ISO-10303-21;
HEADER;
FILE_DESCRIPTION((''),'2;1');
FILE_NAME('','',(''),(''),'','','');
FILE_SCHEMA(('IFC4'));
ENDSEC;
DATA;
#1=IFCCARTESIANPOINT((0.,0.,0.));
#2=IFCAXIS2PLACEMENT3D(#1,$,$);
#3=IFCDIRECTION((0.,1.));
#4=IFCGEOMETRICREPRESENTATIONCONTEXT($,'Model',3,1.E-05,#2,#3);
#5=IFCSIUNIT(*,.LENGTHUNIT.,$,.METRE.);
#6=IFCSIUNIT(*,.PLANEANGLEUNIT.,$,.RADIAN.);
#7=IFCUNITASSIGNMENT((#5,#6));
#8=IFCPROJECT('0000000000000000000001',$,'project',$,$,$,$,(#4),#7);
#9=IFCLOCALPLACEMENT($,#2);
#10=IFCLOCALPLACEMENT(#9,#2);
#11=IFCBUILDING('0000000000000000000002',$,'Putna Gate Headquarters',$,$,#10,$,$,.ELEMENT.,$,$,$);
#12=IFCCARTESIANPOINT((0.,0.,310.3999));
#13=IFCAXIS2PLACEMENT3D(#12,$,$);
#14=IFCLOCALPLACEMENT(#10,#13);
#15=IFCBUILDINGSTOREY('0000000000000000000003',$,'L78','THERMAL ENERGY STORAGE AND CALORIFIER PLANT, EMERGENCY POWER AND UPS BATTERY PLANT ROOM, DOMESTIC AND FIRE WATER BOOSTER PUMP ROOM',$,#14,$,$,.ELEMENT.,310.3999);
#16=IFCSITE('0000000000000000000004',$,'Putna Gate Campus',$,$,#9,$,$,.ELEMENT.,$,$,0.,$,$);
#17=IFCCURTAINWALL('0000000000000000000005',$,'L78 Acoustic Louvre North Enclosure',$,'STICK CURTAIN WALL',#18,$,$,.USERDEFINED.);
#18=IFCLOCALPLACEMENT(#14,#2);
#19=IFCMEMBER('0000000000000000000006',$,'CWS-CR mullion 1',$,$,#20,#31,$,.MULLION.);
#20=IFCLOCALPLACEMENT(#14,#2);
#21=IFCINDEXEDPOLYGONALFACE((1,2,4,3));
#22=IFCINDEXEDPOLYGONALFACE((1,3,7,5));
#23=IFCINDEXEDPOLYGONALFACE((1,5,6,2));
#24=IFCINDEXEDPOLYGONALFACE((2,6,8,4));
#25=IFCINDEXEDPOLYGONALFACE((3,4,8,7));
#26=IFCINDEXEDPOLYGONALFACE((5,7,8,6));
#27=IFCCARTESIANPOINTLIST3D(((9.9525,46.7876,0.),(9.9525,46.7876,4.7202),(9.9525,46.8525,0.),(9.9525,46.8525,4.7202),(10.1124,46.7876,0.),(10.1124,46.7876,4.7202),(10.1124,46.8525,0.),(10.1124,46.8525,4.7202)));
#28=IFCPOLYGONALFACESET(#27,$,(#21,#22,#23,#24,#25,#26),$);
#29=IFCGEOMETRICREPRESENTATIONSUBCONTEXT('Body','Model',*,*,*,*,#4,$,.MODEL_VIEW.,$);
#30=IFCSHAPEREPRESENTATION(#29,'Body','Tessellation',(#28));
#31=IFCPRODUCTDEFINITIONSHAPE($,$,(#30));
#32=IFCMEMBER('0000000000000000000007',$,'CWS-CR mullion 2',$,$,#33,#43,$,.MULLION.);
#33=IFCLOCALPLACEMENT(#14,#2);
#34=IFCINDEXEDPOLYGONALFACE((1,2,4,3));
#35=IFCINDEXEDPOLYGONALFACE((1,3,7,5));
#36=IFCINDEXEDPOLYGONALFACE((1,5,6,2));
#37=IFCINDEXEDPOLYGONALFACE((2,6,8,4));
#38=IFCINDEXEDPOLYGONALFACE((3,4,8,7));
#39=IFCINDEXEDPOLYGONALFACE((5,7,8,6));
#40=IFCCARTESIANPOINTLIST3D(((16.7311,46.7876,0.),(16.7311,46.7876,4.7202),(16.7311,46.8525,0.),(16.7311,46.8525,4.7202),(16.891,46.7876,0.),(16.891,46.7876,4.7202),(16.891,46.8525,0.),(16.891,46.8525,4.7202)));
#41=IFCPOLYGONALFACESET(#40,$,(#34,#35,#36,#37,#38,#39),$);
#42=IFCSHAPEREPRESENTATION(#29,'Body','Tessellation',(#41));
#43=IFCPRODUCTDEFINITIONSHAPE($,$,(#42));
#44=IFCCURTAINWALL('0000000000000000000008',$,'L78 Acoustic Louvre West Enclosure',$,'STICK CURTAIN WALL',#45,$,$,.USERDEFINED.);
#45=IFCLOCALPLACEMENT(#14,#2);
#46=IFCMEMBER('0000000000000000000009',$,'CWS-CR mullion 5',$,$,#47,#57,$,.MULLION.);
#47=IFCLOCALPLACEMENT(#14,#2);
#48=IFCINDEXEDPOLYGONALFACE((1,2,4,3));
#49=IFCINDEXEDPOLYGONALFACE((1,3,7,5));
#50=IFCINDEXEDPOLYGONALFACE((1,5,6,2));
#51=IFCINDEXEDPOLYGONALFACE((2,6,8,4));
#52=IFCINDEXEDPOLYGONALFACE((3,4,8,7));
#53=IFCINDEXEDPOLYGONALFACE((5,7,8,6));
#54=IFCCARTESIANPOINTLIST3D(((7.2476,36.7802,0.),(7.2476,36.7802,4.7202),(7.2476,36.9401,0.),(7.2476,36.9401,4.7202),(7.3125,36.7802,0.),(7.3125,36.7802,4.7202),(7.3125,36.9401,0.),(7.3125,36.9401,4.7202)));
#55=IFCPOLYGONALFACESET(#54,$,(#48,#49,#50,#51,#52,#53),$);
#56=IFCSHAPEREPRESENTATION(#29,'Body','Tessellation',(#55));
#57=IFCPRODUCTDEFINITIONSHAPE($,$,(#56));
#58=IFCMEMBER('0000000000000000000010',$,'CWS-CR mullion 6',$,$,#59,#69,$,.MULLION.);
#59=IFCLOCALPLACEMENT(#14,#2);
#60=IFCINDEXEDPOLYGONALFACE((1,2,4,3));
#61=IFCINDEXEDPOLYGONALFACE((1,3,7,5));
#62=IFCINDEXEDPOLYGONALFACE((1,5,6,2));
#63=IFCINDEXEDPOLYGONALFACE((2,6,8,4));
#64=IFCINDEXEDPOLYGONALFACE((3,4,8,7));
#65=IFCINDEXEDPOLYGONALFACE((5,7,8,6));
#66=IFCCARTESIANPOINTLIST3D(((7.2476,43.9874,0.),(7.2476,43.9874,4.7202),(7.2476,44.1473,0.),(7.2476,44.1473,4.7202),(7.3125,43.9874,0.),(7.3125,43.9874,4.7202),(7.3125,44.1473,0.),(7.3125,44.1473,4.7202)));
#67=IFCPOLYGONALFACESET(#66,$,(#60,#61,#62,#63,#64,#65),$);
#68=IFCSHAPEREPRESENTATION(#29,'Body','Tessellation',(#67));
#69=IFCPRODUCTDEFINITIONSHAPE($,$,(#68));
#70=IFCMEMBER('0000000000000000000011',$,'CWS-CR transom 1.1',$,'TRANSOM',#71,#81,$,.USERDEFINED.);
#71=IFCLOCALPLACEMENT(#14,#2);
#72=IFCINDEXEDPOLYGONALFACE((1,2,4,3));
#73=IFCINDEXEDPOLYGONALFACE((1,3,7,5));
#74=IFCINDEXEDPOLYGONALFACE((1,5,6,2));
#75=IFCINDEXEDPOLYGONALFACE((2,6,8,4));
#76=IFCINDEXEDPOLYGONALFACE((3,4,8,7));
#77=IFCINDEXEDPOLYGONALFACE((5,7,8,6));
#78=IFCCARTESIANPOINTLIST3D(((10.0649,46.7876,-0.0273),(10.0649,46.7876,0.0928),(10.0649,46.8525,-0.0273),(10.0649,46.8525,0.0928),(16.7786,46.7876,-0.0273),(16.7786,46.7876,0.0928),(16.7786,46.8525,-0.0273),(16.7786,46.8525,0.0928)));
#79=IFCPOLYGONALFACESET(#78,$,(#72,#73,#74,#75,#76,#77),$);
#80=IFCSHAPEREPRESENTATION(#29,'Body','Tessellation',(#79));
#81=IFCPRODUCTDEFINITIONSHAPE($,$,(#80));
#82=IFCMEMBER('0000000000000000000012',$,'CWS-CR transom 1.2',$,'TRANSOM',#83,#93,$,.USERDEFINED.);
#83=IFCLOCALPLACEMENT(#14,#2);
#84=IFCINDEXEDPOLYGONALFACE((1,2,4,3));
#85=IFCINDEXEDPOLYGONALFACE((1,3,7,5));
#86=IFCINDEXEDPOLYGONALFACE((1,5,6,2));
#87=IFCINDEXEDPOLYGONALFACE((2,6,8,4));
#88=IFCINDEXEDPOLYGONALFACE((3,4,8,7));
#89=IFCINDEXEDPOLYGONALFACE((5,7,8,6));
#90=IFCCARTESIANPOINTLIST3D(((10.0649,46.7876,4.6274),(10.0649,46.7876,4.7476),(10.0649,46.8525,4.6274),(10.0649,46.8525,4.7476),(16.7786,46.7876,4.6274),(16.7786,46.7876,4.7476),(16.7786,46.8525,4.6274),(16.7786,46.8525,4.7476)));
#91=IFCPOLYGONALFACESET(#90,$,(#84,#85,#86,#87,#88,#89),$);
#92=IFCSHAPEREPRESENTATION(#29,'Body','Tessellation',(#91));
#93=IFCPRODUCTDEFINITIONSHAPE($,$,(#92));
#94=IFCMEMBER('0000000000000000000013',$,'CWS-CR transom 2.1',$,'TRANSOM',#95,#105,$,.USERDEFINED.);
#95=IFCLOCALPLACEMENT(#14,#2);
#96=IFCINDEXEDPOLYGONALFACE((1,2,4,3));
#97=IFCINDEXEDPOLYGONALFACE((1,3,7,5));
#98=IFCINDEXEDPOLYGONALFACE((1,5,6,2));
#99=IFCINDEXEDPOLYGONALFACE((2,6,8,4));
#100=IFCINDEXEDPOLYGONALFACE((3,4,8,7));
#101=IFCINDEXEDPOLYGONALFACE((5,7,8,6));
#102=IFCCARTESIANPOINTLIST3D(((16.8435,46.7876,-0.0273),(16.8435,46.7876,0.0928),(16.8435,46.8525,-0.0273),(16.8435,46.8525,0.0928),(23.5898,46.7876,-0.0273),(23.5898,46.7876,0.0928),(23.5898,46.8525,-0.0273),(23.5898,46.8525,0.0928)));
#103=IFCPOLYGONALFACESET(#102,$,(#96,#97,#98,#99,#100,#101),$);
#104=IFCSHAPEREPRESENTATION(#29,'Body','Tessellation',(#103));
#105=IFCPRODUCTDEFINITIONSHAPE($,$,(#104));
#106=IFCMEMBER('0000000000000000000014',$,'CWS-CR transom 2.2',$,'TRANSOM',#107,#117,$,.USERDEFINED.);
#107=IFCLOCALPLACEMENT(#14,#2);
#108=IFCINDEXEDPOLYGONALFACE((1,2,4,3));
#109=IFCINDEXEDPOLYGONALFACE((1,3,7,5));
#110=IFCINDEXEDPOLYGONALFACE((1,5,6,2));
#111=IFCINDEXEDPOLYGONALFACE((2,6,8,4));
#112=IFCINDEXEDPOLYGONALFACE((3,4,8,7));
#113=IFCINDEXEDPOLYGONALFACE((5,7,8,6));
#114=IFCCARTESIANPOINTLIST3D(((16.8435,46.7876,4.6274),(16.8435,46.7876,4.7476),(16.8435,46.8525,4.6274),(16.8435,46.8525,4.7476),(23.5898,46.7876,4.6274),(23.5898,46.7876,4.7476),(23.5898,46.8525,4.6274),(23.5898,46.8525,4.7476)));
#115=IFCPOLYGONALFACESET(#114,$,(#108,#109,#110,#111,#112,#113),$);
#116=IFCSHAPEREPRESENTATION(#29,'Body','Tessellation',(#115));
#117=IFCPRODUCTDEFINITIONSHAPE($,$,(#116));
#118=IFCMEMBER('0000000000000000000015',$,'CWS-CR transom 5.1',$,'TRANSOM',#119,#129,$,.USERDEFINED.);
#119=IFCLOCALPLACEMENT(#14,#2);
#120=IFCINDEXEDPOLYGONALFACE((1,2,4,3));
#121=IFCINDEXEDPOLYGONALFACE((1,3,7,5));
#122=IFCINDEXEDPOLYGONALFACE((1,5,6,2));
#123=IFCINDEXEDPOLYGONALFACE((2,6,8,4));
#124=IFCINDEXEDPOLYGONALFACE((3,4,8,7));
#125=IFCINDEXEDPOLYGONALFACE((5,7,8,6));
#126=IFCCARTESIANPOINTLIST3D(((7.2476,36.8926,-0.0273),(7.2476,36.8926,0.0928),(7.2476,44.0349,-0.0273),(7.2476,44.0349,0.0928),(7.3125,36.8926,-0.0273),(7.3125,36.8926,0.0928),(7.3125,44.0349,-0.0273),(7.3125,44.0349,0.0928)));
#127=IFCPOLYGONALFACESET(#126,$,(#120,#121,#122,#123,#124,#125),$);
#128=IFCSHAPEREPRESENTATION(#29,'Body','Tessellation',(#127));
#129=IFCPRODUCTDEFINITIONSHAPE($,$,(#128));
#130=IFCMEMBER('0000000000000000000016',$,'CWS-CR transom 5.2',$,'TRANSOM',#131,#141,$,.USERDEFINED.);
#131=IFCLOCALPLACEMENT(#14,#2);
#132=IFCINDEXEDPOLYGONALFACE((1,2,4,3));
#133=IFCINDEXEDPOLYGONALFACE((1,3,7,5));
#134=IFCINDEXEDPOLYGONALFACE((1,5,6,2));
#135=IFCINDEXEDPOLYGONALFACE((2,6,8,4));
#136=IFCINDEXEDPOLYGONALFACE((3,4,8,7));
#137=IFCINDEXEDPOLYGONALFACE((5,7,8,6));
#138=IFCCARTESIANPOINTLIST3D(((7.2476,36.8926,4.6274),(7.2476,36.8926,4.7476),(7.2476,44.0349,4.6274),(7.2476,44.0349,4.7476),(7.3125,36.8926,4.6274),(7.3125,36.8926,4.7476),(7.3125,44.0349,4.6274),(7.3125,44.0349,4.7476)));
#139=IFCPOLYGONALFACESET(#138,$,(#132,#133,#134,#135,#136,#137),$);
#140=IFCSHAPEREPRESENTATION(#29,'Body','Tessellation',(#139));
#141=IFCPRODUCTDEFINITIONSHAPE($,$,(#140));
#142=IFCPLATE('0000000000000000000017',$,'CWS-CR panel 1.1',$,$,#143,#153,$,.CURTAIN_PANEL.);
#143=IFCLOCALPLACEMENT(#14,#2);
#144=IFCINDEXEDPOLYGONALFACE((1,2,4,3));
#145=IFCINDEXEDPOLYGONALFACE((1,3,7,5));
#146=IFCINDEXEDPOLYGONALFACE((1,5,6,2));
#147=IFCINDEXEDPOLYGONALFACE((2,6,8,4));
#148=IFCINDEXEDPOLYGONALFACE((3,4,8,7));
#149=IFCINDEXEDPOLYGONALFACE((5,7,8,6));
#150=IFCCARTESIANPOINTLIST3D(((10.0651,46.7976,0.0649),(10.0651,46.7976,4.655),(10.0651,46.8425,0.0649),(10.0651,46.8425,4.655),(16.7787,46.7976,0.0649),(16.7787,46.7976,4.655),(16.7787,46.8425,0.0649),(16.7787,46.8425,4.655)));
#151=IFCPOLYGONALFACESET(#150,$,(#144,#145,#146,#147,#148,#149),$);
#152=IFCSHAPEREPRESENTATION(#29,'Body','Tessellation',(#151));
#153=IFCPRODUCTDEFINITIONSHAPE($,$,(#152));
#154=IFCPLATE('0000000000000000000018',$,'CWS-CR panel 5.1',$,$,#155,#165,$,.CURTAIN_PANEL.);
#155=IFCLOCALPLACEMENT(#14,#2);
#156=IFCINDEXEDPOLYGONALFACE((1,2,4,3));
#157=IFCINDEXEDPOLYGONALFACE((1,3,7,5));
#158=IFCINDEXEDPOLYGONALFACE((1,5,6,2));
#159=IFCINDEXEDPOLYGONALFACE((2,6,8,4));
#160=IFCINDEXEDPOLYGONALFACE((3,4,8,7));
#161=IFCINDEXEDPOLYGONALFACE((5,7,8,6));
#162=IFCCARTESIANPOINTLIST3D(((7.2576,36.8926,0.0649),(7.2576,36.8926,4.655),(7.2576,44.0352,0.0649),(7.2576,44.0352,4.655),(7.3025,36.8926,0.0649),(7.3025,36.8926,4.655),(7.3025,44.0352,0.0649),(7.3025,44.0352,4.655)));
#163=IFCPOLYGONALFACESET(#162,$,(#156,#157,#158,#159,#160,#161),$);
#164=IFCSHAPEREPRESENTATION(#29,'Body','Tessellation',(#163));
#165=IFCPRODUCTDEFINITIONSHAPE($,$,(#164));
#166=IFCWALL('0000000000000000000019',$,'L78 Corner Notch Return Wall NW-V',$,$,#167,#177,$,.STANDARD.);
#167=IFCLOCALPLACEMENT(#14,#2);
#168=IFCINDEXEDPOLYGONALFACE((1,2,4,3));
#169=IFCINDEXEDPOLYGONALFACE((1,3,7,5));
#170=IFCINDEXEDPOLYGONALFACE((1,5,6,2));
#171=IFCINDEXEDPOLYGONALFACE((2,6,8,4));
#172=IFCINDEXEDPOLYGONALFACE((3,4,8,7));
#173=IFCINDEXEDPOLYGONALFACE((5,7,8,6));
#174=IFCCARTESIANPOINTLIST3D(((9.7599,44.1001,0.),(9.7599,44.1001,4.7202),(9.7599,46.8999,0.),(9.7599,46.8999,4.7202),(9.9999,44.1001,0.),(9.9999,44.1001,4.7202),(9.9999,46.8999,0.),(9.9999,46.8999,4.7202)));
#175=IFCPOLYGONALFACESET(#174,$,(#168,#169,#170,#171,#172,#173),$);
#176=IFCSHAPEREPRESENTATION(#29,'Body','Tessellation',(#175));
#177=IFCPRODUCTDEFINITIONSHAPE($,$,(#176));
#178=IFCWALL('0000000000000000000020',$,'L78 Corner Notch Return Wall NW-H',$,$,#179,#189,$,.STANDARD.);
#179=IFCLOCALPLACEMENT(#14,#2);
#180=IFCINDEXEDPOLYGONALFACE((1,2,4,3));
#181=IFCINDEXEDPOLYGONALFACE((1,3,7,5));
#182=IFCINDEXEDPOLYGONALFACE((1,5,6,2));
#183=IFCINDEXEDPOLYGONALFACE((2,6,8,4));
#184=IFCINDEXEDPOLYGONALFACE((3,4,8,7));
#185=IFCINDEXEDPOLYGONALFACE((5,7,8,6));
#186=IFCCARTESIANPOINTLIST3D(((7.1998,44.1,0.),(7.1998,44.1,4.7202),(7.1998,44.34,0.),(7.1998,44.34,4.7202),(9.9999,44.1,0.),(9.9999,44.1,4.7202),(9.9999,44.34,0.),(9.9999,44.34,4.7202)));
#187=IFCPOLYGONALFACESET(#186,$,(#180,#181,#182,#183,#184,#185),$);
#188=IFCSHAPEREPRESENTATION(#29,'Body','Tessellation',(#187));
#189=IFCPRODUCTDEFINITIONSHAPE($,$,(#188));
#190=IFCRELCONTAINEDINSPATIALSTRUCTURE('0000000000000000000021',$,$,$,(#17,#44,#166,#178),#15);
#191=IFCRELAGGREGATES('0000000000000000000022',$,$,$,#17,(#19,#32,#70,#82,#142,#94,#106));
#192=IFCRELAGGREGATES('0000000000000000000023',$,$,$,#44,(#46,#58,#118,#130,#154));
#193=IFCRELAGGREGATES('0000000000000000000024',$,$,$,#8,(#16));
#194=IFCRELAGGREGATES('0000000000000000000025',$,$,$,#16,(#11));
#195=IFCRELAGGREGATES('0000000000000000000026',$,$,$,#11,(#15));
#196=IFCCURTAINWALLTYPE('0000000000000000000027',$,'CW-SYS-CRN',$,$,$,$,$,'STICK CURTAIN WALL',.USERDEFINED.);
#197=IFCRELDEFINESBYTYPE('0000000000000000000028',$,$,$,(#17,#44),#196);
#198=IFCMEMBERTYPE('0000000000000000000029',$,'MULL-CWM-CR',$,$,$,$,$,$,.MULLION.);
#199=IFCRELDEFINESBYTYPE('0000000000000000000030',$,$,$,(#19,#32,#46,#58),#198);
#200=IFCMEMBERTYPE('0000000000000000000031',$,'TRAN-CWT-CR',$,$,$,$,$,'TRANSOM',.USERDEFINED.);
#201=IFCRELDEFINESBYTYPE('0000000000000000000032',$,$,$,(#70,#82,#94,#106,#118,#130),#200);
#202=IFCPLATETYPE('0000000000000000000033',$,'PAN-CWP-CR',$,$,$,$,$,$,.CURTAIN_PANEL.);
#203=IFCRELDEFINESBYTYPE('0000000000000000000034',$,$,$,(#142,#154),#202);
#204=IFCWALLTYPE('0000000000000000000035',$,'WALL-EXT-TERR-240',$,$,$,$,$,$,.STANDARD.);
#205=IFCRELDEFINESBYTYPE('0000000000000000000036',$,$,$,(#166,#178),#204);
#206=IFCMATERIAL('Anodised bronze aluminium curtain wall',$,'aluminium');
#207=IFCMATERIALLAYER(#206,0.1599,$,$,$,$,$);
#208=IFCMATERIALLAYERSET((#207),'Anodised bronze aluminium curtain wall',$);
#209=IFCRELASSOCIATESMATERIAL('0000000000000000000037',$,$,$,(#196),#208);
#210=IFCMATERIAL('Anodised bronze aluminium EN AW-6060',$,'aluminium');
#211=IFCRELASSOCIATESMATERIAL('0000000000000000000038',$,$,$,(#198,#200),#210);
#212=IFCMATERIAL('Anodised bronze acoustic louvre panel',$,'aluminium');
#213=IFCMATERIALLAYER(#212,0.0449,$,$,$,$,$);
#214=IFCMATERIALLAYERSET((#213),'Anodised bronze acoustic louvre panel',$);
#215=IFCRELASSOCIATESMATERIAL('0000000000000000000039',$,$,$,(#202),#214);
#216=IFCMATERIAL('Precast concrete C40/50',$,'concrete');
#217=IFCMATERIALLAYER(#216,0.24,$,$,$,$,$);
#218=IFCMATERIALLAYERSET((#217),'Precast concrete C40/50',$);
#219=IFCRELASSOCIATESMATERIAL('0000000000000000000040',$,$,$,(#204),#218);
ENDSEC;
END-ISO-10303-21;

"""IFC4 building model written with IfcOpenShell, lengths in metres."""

from ifc_helpers import new_model, si_unit, direction, frame, frame_2d, origin, origin_2d, place, context, subcontext, project, spatial, rectangle, extrude, material, layer, layer_set, material_profile, profile_set, type_object, element, aggregate, save


model = new_model("IFC4")

# Units and contexts
model_context = context("Model", 3, precision=1e-05, world=origin(), true_north=direction((0.0, 1.0)))
body_context = subcontext(model_context, "Body", "Model", "MODEL_VIEW")
ifc_project = project(units=[si_unit("LENGTHUNIT", "METRE"), si_unit("PLANEANGLEUNIT", "RADIAN")], contexts=[model_context])

# Site, building, storey
site_placement = place(None, origin())
site = spatial("IfcSite", under=ifc_project, at=site_placement, Name="Putna Gate Campus", CompositionType="ELEMENT", RefElevation=0.0)
building_placement = place(site_placement, origin())
building = spatial("IfcBuilding", under=site, at=building_placement, Name="Putna Gate Headquarters", CompositionType="ELEMENT")
storey_placement = place(building_placement, frame((0.0, 0.0, 310.3999)))
storey = spatial("IfcBuildingStorey", under=building, at=storey_placement, Name="L78", Description="THERMAL ENERGY STORAGE AND CALORIFIER PLANT, EMERGENCY POWER AND UPS BATTERY PLANT ROOM, DOMESTIC AND FIRE WATER BOOSTER PUMP ROOM", CompositionType="ELEMENT", Elevation=310.3999)

# Curtain walls, members
ifc_material_1 = material(Name="Anodised bronze aluminium curtain wall", Category="aluminium")
ifc_layer_1 = layer(ifc_material_1, 0.1599)
ifc_layer_set_1 = layer_set([ifc_layer_1], Name="Anodised bronze aluminium curtain wall")
curtain_wall_type = type_object("IfcCurtainWallType", Name="CW-SYS-CRN", ElementType="STICK CURTAIN WALL", PredefinedType="USERDEFINED", material=ifc_layer_set_1)
curtain_wall_1_placement = place(storey_placement, origin())
curtain_wall_1 = element("IfcCurtainWall", 1, at=curtain_wall_1_placement, inside=storey, type_object=curtain_wall_type, Name="L78 Acoustic Louvre North Enclosure", ObjectType="STICK CURTAIN WALL", PredefinedType="USERDEFINED")
ifc_material_2 = material(Name="Anodised bronze aluminium EN AW-6060", Category="aluminium")
ifc_material_profile_1 = material_profile(ifc_material_2, rectangle(XDim=0.0649, YDim=0.1599, at=origin_2d()), Name="Anodised bronze aluminium EN AW-6060")
ifc_profile_set_1 = profile_set([ifc_material_profile_1], Name="Anodised bronze aluminium EN AW-6060")
member_type_1 = type_object("IfcMemberType", Name="MULL-CWM-CR", PredefinedType="MULLION", material=ifc_profile_set_1)
member_1_placement = place(storey_placement, frame((10.0325, 46.8201, 0.0), z_axis=(0.0, 0.0, 1.0), x_axis=(0.0, 1.0, 0.0)))
member_1 = element("IfcMember", 2, at=member_1_placement, type_object=member_type_1, Name="CWS-CR mullion 1", PredefinedType="MULLION", context=body_context, shape_type="SweptSolid", body=[
    extrude(rectangle(XDim=0.0649, YDim=0.1599, at=origin_2d()), origin(), (0.0, 0.0, 1.0), 4.7202),
])
member_2_placement = place(storey_placement, frame((16.811, 46.8201, 0.0), z_axis=(0.0, 0.0, 1.0), x_axis=(0.0, 1.0, 0.0)))
member_2 = element("IfcMember", 3, at=member_2_placement, type_object=member_type_1, Name="CWS-CR mullion 2", PredefinedType="MULLION", context=body_context, shape_type="SweptSolid", body=[
    extrude(rectangle(XDim=0.0649, YDim=0.1599, at=origin_2d()), origin(), (0.0, 0.0, 1.0), 4.7202),
])
curtain_wall_2_placement = place(storey_placement, origin())
curtain_wall_2 = element("IfcCurtainWall", 4, at=curtain_wall_2_placement, inside=storey, type_object=curtain_wall_type, Name="L78 Acoustic Louvre West Enclosure", ObjectType="STICK CURTAIN WALL", PredefinedType="USERDEFINED")
member_3_placement = place(storey_placement, frame((7.28, 36.8601, 0.0), z_axis=(0.0, 0.0, 1.0), x_axis=(-1.0, 0.0, 0.0)))
member_3 = element("IfcMember", 5, at=member_3_placement, type_object=member_type_1, Name="CWS-CR mullion 5", PredefinedType="MULLION", context=body_context, shape_type="SweptSolid", body=[
    extrude(rectangle(XDim=0.0649, YDim=0.1599, at=origin_2d()), origin(), (0.0, 0.0, 1.0), 4.7202),
])
member_4_placement = place(storey_placement, frame((7.28, 44.0674, 0.0), z_axis=(0.0, 0.0, 1.0), x_axis=(-1.0, 0.0, 0.0)))
member_4 = element("IfcMember", 6, at=member_4_placement, type_object=member_type_1, Name="CWS-CR mullion 6", PredefinedType="MULLION", context=body_context, shape_type="SweptSolid", body=[
    extrude(rectangle(XDim=0.0649, YDim=0.1599, at=origin_2d()), origin(), (0.0, 0.0, 1.0), 4.7202),
])

# Members
ifc_material_profile_2 = material_profile(ifc_material_2, rectangle(XDim=0.0649, YDim=0.1201, at=origin_2d()), Name="Anodised bronze aluminium EN AW-6060")
ifc_profile_set_2 = profile_set([ifc_material_profile_2], Name="Anodised bronze aluminium EN AW-6060")
member_type_2 = type_object("IfcMemberType", Name="TRAN-CWT-CR", ElementType="TRANSOM", PredefinedType="USERDEFINED", material=ifc_profile_set_2)
member_5_placement = place(storey_placement, frame((10.0649, 46.8201, 0.0327), z_axis=(1.0, 0.0, 0.0), x_axis=(0.0, 1.0, 0.0)))
member_5 = element("IfcMember", 7, at=member_5_placement, type_object=member_type_2, Name="CWS-CR transom 1.1", ObjectType="TRANSOM", PredefinedType="USERDEFINED", context=body_context, shape_type="SweptSolid", body=[
    extrude(rectangle(XDim=0.0649, YDim=0.1201, at=origin_2d()), origin(), (0.0, 0.0, 1.0), 6.7136),
])
member_6_placement = place(storey_placement, frame((10.0649, 46.8201, 4.6875), z_axis=(1.0, 0.0, 0.0), x_axis=(0.0, 1.0, 0.0)))
member_6 = element("IfcMember", 8, at=member_6_placement, type_object=member_type_2, Name="CWS-CR transom 1.2", ObjectType="TRANSOM", PredefinedType="USERDEFINED", context=body_context, shape_type="SweptSolid", body=[
    extrude(rectangle(XDim=0.0649, YDim=0.1201, at=origin_2d()), origin(), (0.0, 0.0, 1.0), 6.7136),
])
member_7_placement = place(storey_placement, frame((16.8435, 46.8201, 0.0327), z_axis=(1.0, 0.0, 0.0), x_axis=(0.0, 1.0, 0.0)))
member_7 = element("IfcMember", 9, at=member_7_placement, type_object=member_type_2, Name="CWS-CR transom 2.1", ObjectType="TRANSOM", PredefinedType="USERDEFINED", context=body_context, shape_type="SweptSolid", body=[
    extrude(rectangle(XDim=0.0649, YDim=0.1201, at=origin_2d()), origin(), (0.0, 0.0, 1.0), 6.7463),
])
member_8_placement = place(storey_placement, frame((16.8435, 46.8201, 4.6875), z_axis=(1.0, 0.0, 0.0), x_axis=(0.0, 1.0, 0.0)))
member_8 = element("IfcMember", 10, at=member_8_placement, type_object=member_type_2, Name="CWS-CR transom 2.2", ObjectType="TRANSOM", PredefinedType="USERDEFINED", context=body_context, shape_type="SweptSolid", body=[
    extrude(rectangle(XDim=0.0649, YDim=0.1201, at=origin_2d()), origin(), (0.0, 0.0, 1.0), 6.7463),
])
member_9_placement = place(storey_placement, frame((7.28, 36.8926, 0.0327), z_axis=(0.0, 1.0, 0.0), x_axis=(-1.0, 0.0, 0.0)))
member_9 = element("IfcMember", 11, at=member_9_placement, type_object=member_type_2, Name="CWS-CR transom 5.1", ObjectType="TRANSOM", PredefinedType="USERDEFINED", context=body_context, shape_type="SweptSolid", body=[
    extrude(rectangle(XDim=0.0649, YDim=0.1201, at=origin_2d()), origin(), (0.0, 0.0, 1.0), 7.1423),
])
member_10_placement = place(storey_placement, frame((7.28, 36.8926, 4.6875), z_axis=(0.0, 1.0, 0.0), x_axis=(-1.0, 0.0, 0.0)))
member_10 = element("IfcMember", 12, at=member_10_placement, type_object=member_type_2, Name="CWS-CR transom 5.2", ObjectType="TRANSOM", PredefinedType="USERDEFINED", context=body_context, shape_type="SweptSolid", body=[
    extrude(rectangle(XDim=0.0649, YDim=0.1201, at=origin_2d()), origin(), (0.0, 0.0, 1.0), 7.1423),
])

# Plates
ifc_material_3 = material(Name="Anodised bronze acoustic louvre panel", Category="aluminium")
ifc_layer_2 = layer(ifc_material_3, 0.0449)
ifc_layer_set_2 = layer_set([ifc_layer_2], Name="Anodised bronze acoustic louvre panel")
plate_type = type_object("IfcPlateType", Name="PAN-CWP-CR", PredefinedType="CURTAIN_PANEL", material=ifc_layer_set_2)
plate_1_placement = place(storey_placement, frame((13.4219, 46.8201, 0.0649), z_axis=(0.0, 0.0, 1.0), x_axis=(1.0, 0.0, 0.0)))
plate_1 = element("IfcPlate", 13, at=plate_1_placement, type_object=plate_type, Name="CWS-CR panel 1.1", PredefinedType="CURTAIN_PANEL", context=body_context, shape_type="SweptSolid", body=[
    extrude(rectangle(XDim=6.7136, YDim=0.0449, at=origin_2d()), origin(), (0.0, 0.0, 1.0), 4.5901),
])
aggregate(curtain_wall_1, [member_1, member_2, member_5, member_6, plate_1, member_7, member_8])
plate_2_placement = place(storey_placement, frame((7.28, 40.4639, 0.0649), z_axis=(0.0, 0.0, 1.0), x_axis=(0.0, 1.0, 0.0)))
plate_2 = element("IfcPlate", 14, at=plate_2_placement, type_object=plate_type, Name="CWS-CR panel 5.1", PredefinedType="CURTAIN_PANEL", context=body_context, shape_type="SweptSolid", body=[
    extrude(rectangle(XDim=7.1426, YDim=0.0449, at=origin_2d()), origin(), (0.0, 0.0, 1.0), 4.5901),
])
aggregate(curtain_wall_2, [member_3, member_4, member_9, member_10, plate_2])

# Walls
ifc_material_4 = material(Name="Precast concrete C40/50", Category="concrete")
ifc_layer_3 = layer(ifc_material_4, 0.24)
ifc_layer_set_3 = layer_set([ifc_layer_3], Name="Precast concrete C40/50")
wall_type = type_object("IfcWallType", Name="WALL-EXT-TERR-240", PredefinedType="STANDARD", material=ifc_layer_set_3)
wall_1_placement = place(storey_placement, frame((9.8799, 44.1001, 0.0), z_axis=(0.0, 0.0, 1.0), x_axis=(0.0, 1.0, 0.0)))
element("IfcWall", 15, at=wall_1_placement, inside=storey, type_object=wall_type, Name="L78 Corner Notch Return Wall NW-V", PredefinedType="STANDARD", context=body_context, shape_type="SweptSolid", body=[
    extrude(rectangle(XDim=2.7998, YDim=0.24, at=frame_2d((1.3999, 0.0))), origin(), (0.0, 0.0, 1.0), 4.7202),
])
wall_2_placement = place(storey_placement, frame((7.2, 44.22, 0.0), z_axis=(0.0, 0.0, 1.0), x_axis=(1.0, 0.0, 0.0)))
element("IfcWall", 16, at=wall_2_placement, inside=storey, type_object=wall_type, Name="L78 Corner Notch Return Wall NW-H", PredefinedType="STANDARD", context=body_context, shape_type="SweptSolid", body=[
    extrude(rectangle(XDim=2.8, YDim=0.24, at=frame_2d((1.3999, 0.0))), origin(), (0.0, 0.0, 1.0), 4.7202),
])

save(model, "model.ifc")
